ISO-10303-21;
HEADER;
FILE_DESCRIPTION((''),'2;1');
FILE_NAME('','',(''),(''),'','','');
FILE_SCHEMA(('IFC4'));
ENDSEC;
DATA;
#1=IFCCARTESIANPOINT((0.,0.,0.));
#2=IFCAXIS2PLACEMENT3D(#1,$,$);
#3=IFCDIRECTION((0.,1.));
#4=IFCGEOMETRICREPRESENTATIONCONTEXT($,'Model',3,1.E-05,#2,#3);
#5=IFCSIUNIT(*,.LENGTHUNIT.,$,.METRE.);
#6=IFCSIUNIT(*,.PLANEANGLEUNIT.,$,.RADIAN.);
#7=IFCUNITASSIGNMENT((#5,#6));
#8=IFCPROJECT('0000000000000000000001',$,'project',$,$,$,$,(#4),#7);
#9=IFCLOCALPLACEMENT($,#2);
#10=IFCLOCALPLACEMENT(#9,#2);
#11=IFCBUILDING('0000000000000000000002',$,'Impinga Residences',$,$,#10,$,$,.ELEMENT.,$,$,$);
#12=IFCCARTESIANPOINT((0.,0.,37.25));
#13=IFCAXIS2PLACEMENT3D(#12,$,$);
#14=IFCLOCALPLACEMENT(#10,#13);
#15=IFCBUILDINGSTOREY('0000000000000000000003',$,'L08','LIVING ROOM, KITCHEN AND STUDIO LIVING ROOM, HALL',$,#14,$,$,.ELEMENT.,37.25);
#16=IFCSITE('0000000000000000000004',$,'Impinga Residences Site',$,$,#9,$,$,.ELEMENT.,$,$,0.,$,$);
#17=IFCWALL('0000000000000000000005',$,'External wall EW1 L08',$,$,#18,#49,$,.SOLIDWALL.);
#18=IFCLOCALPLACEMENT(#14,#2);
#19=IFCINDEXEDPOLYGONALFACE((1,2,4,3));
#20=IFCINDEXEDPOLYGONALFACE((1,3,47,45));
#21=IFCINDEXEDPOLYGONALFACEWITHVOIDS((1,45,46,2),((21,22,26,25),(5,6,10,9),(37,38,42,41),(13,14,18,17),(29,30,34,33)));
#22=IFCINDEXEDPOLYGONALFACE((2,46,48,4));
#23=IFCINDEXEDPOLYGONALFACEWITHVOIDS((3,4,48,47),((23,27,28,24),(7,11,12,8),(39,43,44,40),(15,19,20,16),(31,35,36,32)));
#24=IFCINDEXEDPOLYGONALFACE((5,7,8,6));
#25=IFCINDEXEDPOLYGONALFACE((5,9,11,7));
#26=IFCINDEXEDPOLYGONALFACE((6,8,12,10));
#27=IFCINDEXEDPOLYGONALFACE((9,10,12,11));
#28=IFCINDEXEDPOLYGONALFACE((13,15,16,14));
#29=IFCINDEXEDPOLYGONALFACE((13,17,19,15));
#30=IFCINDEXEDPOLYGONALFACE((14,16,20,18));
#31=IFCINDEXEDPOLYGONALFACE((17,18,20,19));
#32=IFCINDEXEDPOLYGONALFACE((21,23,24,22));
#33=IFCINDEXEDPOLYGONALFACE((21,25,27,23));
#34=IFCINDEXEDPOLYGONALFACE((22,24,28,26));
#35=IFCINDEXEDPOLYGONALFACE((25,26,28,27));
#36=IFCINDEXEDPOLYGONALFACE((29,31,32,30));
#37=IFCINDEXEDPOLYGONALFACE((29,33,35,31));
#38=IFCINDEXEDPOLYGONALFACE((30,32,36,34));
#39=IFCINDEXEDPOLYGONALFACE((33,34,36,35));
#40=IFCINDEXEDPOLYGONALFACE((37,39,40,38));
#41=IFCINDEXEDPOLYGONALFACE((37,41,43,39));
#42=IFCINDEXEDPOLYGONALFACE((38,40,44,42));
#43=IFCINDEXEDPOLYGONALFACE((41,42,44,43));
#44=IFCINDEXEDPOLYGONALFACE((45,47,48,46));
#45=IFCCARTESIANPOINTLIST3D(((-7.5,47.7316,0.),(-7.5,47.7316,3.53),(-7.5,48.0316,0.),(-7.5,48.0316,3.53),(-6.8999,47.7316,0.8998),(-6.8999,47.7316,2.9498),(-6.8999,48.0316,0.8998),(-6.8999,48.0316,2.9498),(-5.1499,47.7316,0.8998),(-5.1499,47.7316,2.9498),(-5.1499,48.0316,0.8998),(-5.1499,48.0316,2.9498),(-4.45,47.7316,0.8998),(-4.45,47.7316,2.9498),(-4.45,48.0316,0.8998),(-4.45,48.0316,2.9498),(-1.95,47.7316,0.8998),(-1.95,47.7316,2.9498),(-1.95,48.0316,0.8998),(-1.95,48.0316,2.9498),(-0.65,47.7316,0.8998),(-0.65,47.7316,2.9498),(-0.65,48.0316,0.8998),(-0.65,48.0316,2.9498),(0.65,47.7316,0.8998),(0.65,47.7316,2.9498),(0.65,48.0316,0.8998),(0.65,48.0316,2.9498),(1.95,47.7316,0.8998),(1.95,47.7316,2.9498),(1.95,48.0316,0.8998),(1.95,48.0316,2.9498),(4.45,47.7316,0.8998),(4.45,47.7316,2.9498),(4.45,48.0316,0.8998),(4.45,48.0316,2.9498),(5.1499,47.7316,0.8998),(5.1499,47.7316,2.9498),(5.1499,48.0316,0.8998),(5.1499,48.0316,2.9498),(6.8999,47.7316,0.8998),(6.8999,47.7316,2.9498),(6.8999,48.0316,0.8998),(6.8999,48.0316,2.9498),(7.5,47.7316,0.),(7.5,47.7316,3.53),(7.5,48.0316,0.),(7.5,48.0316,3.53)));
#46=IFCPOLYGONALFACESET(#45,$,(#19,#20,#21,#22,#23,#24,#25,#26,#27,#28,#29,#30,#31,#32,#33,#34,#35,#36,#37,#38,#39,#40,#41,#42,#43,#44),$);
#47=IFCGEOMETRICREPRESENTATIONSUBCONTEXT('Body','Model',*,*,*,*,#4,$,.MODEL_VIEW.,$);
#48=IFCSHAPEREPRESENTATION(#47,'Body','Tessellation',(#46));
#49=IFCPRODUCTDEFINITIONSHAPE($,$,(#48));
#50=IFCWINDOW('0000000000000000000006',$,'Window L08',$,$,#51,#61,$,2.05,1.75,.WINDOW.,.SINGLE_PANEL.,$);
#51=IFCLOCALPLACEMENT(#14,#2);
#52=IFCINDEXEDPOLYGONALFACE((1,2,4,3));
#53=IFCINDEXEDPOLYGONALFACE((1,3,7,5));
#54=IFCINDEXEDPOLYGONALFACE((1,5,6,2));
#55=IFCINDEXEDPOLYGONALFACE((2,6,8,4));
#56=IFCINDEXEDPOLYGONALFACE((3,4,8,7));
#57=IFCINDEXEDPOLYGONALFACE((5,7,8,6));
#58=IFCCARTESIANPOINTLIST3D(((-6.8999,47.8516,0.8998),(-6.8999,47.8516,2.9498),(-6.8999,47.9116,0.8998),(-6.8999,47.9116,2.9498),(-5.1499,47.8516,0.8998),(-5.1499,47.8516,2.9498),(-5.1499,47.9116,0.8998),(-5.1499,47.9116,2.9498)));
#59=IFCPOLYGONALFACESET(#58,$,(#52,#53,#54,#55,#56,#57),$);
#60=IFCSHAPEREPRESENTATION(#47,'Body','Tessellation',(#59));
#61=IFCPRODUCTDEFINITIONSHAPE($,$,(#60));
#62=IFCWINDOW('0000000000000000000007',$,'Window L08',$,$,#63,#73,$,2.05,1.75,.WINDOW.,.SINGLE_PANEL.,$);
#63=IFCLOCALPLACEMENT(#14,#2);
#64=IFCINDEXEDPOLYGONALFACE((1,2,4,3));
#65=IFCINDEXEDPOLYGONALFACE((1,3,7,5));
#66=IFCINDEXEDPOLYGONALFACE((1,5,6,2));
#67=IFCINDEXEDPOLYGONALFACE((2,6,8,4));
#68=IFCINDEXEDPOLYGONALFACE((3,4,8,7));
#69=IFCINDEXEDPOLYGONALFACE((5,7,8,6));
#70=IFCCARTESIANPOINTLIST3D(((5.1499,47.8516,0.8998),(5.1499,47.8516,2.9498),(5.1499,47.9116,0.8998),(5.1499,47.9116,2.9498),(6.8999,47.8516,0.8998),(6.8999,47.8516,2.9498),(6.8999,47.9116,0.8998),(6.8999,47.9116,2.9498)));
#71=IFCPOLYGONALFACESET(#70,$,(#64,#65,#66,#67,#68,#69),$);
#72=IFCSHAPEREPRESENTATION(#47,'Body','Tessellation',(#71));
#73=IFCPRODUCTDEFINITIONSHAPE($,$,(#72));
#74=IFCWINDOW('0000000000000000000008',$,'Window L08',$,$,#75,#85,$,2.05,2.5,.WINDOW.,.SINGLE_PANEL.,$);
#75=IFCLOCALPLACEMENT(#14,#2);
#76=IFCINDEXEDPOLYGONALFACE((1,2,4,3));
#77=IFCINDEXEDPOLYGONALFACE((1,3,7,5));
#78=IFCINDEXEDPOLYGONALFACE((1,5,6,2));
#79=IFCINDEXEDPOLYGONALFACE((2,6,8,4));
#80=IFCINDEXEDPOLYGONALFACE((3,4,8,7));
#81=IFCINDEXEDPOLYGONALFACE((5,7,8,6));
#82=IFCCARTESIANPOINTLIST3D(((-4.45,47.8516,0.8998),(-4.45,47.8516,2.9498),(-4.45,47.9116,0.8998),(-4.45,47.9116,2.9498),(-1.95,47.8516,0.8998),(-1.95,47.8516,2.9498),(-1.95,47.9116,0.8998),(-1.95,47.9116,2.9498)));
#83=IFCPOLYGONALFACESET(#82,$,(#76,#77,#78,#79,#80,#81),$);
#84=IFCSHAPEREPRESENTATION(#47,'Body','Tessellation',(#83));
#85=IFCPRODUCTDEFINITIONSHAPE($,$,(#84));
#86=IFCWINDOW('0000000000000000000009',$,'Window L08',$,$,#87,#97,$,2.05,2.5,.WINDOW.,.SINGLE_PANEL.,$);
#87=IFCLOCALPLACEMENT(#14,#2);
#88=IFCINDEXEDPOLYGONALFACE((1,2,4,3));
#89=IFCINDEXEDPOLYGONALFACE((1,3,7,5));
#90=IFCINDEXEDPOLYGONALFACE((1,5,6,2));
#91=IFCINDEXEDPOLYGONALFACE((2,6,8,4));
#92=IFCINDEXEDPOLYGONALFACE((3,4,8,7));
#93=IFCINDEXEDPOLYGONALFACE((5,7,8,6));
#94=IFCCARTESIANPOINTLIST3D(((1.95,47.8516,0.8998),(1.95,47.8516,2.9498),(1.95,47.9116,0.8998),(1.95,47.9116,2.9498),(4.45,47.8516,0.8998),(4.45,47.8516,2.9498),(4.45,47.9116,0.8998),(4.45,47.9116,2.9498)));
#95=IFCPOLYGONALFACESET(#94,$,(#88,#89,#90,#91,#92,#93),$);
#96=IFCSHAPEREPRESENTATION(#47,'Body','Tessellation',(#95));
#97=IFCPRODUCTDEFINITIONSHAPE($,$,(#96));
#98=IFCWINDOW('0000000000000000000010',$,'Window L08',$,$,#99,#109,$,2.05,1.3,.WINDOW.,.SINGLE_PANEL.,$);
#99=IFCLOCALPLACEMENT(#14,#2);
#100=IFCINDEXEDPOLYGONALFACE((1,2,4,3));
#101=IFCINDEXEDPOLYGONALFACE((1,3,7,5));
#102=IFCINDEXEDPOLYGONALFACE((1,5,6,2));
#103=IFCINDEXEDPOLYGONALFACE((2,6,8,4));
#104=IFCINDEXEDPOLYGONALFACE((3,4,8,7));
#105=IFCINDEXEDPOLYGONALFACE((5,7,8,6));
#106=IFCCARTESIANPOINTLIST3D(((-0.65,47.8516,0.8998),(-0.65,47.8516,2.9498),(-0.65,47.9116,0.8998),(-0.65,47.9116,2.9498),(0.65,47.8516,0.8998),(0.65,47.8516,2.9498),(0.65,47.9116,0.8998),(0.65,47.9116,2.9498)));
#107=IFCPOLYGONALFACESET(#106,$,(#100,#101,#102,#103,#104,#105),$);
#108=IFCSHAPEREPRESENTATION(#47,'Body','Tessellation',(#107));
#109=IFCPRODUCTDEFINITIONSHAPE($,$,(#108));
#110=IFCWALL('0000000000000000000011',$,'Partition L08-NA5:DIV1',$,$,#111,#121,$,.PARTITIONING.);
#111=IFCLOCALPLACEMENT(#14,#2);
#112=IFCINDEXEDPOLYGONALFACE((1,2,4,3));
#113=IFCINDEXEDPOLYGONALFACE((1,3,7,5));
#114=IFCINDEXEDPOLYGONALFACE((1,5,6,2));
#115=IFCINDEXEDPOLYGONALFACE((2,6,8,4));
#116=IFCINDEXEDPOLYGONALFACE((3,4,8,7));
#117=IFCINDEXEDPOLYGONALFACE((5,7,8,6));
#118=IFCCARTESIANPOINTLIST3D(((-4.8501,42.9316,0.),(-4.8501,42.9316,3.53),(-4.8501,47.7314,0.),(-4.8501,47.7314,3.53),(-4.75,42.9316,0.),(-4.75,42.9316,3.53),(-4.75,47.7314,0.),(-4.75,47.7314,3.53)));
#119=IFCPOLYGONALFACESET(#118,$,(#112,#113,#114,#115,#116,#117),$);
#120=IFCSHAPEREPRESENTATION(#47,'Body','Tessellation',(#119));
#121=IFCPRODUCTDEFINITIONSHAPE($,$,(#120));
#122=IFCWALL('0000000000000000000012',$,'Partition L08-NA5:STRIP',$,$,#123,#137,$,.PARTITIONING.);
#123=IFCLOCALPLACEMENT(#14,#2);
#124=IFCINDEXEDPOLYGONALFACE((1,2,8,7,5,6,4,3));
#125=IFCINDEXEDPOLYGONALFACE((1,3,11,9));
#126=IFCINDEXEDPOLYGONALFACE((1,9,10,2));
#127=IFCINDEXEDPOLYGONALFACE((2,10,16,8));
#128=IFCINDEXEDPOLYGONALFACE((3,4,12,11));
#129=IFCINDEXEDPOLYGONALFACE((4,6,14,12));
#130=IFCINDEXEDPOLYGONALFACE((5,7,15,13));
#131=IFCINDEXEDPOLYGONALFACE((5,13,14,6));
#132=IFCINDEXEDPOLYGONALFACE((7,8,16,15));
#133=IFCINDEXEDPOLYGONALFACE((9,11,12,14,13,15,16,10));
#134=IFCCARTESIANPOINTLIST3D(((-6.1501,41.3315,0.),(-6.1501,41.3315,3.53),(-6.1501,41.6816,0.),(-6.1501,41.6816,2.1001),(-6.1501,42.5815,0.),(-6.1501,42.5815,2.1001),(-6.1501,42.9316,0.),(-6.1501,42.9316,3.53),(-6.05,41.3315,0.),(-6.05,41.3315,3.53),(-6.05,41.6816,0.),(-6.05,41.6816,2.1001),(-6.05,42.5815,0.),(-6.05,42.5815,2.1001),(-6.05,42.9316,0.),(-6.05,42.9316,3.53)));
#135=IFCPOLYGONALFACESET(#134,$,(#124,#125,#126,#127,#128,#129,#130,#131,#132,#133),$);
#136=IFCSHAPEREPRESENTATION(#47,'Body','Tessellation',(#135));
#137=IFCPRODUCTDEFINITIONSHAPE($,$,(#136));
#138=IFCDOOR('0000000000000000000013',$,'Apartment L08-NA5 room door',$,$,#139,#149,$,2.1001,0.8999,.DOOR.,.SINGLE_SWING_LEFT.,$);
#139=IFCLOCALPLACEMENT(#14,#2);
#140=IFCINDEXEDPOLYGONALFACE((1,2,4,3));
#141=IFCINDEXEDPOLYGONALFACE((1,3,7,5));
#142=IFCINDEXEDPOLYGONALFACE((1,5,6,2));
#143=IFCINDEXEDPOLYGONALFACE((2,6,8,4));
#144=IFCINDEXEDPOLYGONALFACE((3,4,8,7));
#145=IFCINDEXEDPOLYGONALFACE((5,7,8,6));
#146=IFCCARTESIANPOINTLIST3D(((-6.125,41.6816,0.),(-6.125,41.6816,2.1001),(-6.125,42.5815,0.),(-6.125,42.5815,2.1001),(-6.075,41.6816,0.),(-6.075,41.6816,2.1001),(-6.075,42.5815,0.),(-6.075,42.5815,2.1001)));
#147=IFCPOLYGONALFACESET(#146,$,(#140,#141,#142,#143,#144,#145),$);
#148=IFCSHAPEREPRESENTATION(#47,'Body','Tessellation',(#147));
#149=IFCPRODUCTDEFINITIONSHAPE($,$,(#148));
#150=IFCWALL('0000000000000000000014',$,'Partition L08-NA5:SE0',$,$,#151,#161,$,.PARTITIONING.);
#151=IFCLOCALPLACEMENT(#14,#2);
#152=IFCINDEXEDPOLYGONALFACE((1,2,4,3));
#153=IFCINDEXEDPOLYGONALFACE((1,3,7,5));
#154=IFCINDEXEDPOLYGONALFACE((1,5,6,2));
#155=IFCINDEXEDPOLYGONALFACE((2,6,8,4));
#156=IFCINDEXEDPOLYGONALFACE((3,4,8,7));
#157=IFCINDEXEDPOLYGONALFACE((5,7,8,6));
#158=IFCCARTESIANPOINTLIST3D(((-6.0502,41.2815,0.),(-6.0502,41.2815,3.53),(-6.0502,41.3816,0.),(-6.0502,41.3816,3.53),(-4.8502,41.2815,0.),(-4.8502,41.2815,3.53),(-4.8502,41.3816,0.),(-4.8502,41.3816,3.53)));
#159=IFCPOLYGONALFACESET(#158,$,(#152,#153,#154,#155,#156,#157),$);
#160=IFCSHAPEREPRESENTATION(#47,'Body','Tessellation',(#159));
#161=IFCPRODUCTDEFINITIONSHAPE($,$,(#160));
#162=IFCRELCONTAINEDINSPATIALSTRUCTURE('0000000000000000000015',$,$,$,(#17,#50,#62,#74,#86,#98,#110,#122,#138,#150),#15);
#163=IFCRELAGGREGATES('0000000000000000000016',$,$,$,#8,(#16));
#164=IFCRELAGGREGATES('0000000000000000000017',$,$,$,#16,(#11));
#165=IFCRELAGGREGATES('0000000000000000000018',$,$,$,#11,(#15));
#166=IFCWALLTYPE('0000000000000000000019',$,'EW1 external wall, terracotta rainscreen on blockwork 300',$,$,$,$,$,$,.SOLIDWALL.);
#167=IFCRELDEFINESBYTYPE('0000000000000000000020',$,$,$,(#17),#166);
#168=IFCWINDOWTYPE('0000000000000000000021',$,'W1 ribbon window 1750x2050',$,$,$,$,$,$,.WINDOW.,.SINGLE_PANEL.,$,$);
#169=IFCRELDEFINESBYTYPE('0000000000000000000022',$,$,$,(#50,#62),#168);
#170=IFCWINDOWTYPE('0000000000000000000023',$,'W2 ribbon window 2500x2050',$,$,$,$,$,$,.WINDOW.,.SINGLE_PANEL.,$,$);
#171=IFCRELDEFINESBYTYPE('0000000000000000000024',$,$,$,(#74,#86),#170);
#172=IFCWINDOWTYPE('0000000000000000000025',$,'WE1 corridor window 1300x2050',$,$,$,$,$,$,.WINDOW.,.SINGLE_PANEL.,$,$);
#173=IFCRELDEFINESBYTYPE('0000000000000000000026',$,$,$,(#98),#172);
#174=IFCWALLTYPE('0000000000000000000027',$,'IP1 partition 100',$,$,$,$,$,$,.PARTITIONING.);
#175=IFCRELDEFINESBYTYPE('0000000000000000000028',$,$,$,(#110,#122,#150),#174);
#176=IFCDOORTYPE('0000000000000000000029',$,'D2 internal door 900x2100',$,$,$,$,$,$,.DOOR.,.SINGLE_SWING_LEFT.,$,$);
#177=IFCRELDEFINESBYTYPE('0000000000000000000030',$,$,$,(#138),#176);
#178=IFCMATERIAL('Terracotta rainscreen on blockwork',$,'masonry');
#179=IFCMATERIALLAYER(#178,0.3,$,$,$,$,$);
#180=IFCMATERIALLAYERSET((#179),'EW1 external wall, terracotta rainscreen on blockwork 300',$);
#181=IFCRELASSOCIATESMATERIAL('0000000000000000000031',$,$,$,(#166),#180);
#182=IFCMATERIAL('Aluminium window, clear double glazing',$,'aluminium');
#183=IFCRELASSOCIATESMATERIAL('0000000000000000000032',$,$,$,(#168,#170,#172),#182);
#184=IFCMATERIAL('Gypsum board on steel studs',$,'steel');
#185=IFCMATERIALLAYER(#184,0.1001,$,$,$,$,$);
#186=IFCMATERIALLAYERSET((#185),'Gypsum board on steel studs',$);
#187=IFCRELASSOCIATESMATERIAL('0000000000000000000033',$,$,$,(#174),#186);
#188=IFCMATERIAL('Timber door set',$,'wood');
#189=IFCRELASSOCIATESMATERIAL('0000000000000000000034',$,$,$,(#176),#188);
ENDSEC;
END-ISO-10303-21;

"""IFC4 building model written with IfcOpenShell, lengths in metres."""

from ifc_helpers import new_model, si_unit, direction, frame, frame_2d, origin, place, context, subcontext, project, spatial, rectangle, extrude, material, layer, layer_set, type_object, element, fill, save


model = new_model("IFC4")

# Units and contexts
model_context = context("Model", 3, precision=1e-05, world=origin(), true_north=direction((0.0, 1.0)))
body_context = subcontext(model_context, "Body", "Model", "MODEL_VIEW")
ifc_project = project(units=[si_unit("LENGTHUNIT", "METRE"), si_unit("PLANEANGLEUNIT", "RADIAN")], contexts=[model_context])

# Site, building, storey
site_placement = place(None, origin())
site = spatial("IfcSite", under=ifc_project, at=site_placement, Name="Impinga Residences Site", CompositionType="ELEMENT", RefElevation=0.0)
building_placement = place(site_placement, origin())
building = spatial("IfcBuilding", under=site, at=building_placement, Name="Impinga Residences", CompositionType="ELEMENT")
storey_placement = place(building_placement, frame((0.0, 0.0, 37.25)))
storey = spatial("IfcBuildingStorey", under=building, at=storey_placement, Name="L08", Description="LIVING ROOM, KITCHEN AND STUDIO LIVING ROOM, HALL", CompositionType="ELEMENT", Elevation=37.25)

# Shared definitions
ifc_material_1 = material(Name="Terracotta rainscreen on blockwork", Category="masonry")
ifc_layer_1 = layer(ifc_material_1, 0.3)
ifc_layer_set_1 = layer_set([ifc_layer_1], Name="EW1 external wall, terracotta rainscreen on blockwork 300")
wall_type_1 = type_object("IfcWallType", Name="EW1 external wall, terracotta rainscreen on blockwork 300", PredefinedType="SOLIDWALL", material=ifc_layer_set_1)

# Wall, openings, windows
wall_1_placement = place(storey_placement, frame((-7.5, 47.8816, 0.0), z_axis=(0.0, 0.0, 1.0), x_axis=(1.0, 0.0, 0.0)))
wall_1 = element("IfcWall", 1, at=wall_1_placement, inside=storey, type_object=wall_type_1, Name="External wall EW1 L08", PredefinedType="SOLIDWALL", context=body_context, shape_type="SweptSolid", body=[
    extrude(rectangle(XDim=15.0, YDim=0.3, at=frame_2d((7.5, 0.0))), origin(), (0.0, 0.0, 1.0), 3.53),
])
opening_1_placement = place(wall_1_placement, frame((0.6001, 0.0, 0.8999)))
opening_1 = element("IfcOpeningElement", 2, at=opening_1_placement, cuts=wall_1, PredefinedType="OPENING", context=body_context, shape_type="SweptSolid", body=[
    extrude(rectangle(XDim=1.75, YDim=2.05, at=frame_2d((0.875, 1.0249))), frame((0.0, 0.1599, 0.0), z_axis=(0.0, -1.0, 0.0), x_axis=(1.0, 0.0, 0.0)), (0.0, 0.0, 1.0), 0.3201),
])
opening_2_placement = place(wall_1_placement, frame((3.05, 0.0, 0.8999)))
opening_2 = element("IfcOpeningElement", 3, at=opening_2_placement, cuts=wall_1, PredefinedType="OPENING", context=body_context, shape_type="SweptSolid", body=[
    extrude(rectangle(XDim=2.5, YDim=2.05, at=frame_2d((1.25, 1.0249))), frame((0.0, 0.1599, 0.0), z_axis=(0.0, -1.0, 0.0), x_axis=(1.0, 0.0, 0.0)), (0.0, 0.0, 1.0), 0.3201),
])
opening_3_placement = place(wall_1_placement, frame((6.8501, 0.0, 0.8999)))
opening_3 = element("IfcOpeningElement", 4, at=opening_3_placement, cuts=wall_1, PredefinedType="OPENING", context=body_context, shape_type="SweptSolid", body=[
    extrude(rectangle(XDim=1.3, YDim=2.05, at=frame_2d((0.6499, 1.0249))), frame((0.0, 0.1599, 0.0), z_axis=(0.0, -1.0, 0.0), x_axis=(1.0, 0.0, 0.0)), (0.0, 0.0, 1.0), 0.3201),
])
opening_4_placement = place(wall_1_placement, frame((9.45, 0.0, 0.8999)))
opening_4 = element("IfcOpeningElement", 5, at=opening_4_placement, cuts=wall_1, PredefinedType="OPENING", context=body_context, shape_type="SweptSolid", body=[
    extrude(rectangle(XDim=2.5, YDim=2.05, at=frame_2d((1.25, 1.0249))), frame((0.0, 0.1599, 0.0), z_axis=(0.0, -1.0, 0.0), x_axis=(1.0, 0.0, 0.0)), (0.0, 0.0, 1.0), 0.3201),
])
opening_5_placement = place(wall_1_placement, frame((12.6499, 0.0, 0.8999)))
opening_5 = element("IfcOpeningElement", 6, at=opening_5_placement, cuts=wall_1, PredefinedType="OPENING", context=body_context, shape_type="SweptSolid", body=[
    extrude(rectangle(XDim=1.75, YDim=2.05, at=frame_2d((0.875, 1.0249))), frame((0.0, 0.1599, 0.0), z_axis=(0.0, -1.0, 0.0), x_axis=(1.0, 0.0, 0.0)), (0.0, 0.0, 1.0), 0.3201),
])
ifc_material_2 = material(Name="Aluminium window, clear double glazing", Category="aluminium")
window_type_1 = type_object("IfcWindowType", Name="W1 ribbon window 1750x2050", PartitioningType="SINGLE_PANEL", PredefinedType="WINDOW", material=ifc_material_2)
window_1_placement = place(opening_1_placement, origin())
window_1 = element("IfcWindow", 7, at=window_1_placement, inside=storey, type_object=window_type_1, Name="Window L08", OverallHeight=2.05, OverallWidth=1.75, PartitioningType="SINGLE_PANEL", PredefinedType="WINDOW", context=body_context, shape_type="SweptSolid", body=[
    extrude(rectangle(XDim=1.75, YDim=2.05, at=frame_2d((0.875, 1.0249))), frame((0.0, 0.03, 0.0), z_axis=(0.0, -1.0, 0.0), x_axis=(1.0, 0.0, 0.0)), (0.0, 0.0, 1.0), 0.0601),
])
fill(opening_1, window_1)
window_2_placement = place(opening_5_placement, origin())
window_2 = element("IfcWindow", 8, at=window_2_placement, inside=storey, type_object=window_type_1, Name="Window L08", OverallHeight=2.05, OverallWidth=1.75, PartitioningType="SINGLE_PANEL", PredefinedType="WINDOW", context=body_context, shape_type="SweptSolid", body=[
    extrude(rectangle(XDim=1.75, YDim=2.05, at=frame_2d((0.875, 1.0249))), frame((0.0, 0.03, 0.0), z_axis=(0.0, -1.0, 0.0), x_axis=(1.0, 0.0, 0.0)), (0.0, 0.0, 1.0), 0.0601),
])
fill(opening_5, window_2)
window_type_2 = type_object("IfcWindowType", Name="W2 ribbon window 2500x2050", PartitioningType="SINGLE_PANEL", PredefinedType="WINDOW", material=ifc_material_2)
window_3_placement = place(opening_2_placement, origin())
window_3 = element("IfcWindow", 9, at=window_3_placement, inside=storey, type_object=window_type_2, Name="Window L08", OverallHeight=2.05, OverallWidth=2.5, PartitioningType="SINGLE_PANEL", PredefinedType="WINDOW", context=body_context, shape_type="SweptSolid", body=[
    extrude(rectangle(XDim=2.5, YDim=2.05, at=frame_2d((1.25, 1.0249))), frame((0.0, 0.03, 0.0), z_axis=(0.0, -1.0, 0.0), x_axis=(1.0, 0.0, 0.0)), (0.0, 0.0, 1.0), 0.0601),
])
fill(opening_2, window_3)
window_4_placement = place(opening_4_placement, origin())
window_4 = element("IfcWindow", 10, at=window_4_placement, inside=storey, type_object=window_type_2, Name="Window L08", OverallHeight=2.05, OverallWidth=2.5, PartitioningType="SINGLE_PANEL", PredefinedType="WINDOW", context=body_context, shape_type="SweptSolid", body=[
    extrude(rectangle(XDim=2.5, YDim=2.05, at=frame_2d((1.25, 1.0249))), frame((0.0, 0.03, 0.0), z_axis=(0.0, -1.0, 0.0), x_axis=(1.0, 0.0, 0.0)), (0.0, 0.0, 1.0), 0.0601),
])
fill(opening_4, window_4)
window_type_3 = type_object("IfcWindowType", Name="WE1 corridor window 1300x2050", PartitioningType="SINGLE_PANEL", PredefinedType="WINDOW", material=ifc_material_2)
window_5_placement = place(opening_3_placement, origin())
window_5 = element("IfcWindow", 11, at=window_5_placement, inside=storey, type_object=window_type_3, Name="Window L08", OverallHeight=2.05, OverallWidth=1.3, PartitioningType="SINGLE_PANEL", PredefinedType="WINDOW", context=body_context, shape_type="SweptSolid", body=[
    extrude(rectangle(XDim=1.3, YDim=2.05, at=frame_2d((0.6499, 1.0249))), frame((0.0, 0.03, 0.0), z_axis=(0.0, -1.0, 0.0), x_axis=(1.0, 0.0, 0.0)), (0.0, 0.0, 1.0), 0.0601),
])
fill(opening_3, window_5)

# Wall
ifc_material_3 = material(Name="Gypsum board on steel studs", Category="steel")
ifc_layer_2 = layer(ifc_material_3, 0.1001)
ifc_layer_set_2 = layer_set([ifc_layer_2], Name="Gypsum board on steel studs")
wall_type_2 = type_object("IfcWallType", Name="IP1 partition 100", PredefinedType="PARTITIONING", material=ifc_layer_set_2)
wall_2_placement = place(storey_placement, frame((-4.8, 42.9316, 0.0), z_axis=(0.0, 0.0, 1.0), x_axis=(0.0, 1.0, 0.0)))
element("IfcWall", 12, at=wall_2_placement, inside=storey, type_object=wall_type_2, Name="Partition L08-NA5:DIV1", PredefinedType="PARTITIONING", context=body_context, shape_type="SweptSolid", body=[
    extrude(rectangle(XDim=4.7998, YDim=0.1001, at=frame_2d((2.3999, 0.0))), origin(), (0.0, 0.0, 1.0), 3.53),
])

# Wall, opening, door
wall_3_placement = place(storey_placement, frame((-6.1001, 41.3315, 0.0), z_axis=(0.0, 0.0, 1.0), x_axis=(0.0, 1.0, 0.0)))
wall_3 = element("IfcWall", 13, at=wall_3_placement, inside=storey, type_object=wall_type_2, Name="Partition L08-NA5:STRIP", PredefinedType="PARTITIONING", context=body_context, shape_type="SweptSolid", body=[
    extrude(rectangle(XDim=1.6001, YDim=0.1001, at=frame_2d((0.8, 0.0))), origin(), (0.0, 0.0, 1.0), 3.53),
])
opening_6_placement = place(wall_3_placement, frame((0.3501, 0.0, 0.0)))
opening_6 = element("IfcOpeningElement", 14, at=opening_6_placement, cuts=wall_3, PredefinedType="OPENING", context=body_context, shape_type="SweptSolid", body=[
    extrude(rectangle(XDim=0.8999, YDim=2.1001, at=frame_2d((0.45, 1.05))), frame((0.0, 0.0601, 0.0), z_axis=(0.0, -1.0, 0.0), x_axis=(1.0, 0.0, 0.0)), (0.0, 0.0, 1.0), 0.1201),
])
ifc_material_4 = material(Name="Timber door set", Category="wood")
door_type = type_object("IfcDoorType", Name="D2 internal door 900x2100", OperationType="SINGLE_SWING_LEFT", PredefinedType="DOOR", material=ifc_material_4)
door_1_placement = place(opening_6_placement, origin())
door_1 = element("IfcDoor", 15, at=door_1_placement, inside=storey, type_object=door_type, Name="Apartment L08-NA5 room door", OperationType="SINGLE_SWING_LEFT", OverallHeight=2.1001, OverallWidth=0.8999, PredefinedType="DOOR", context=body_context, shape_type="SweptSolid", body=[
    extrude(rectangle(XDim=0.8999, YDim=2.1001, at=frame_2d((0.45, 1.05))), frame((0.0, 0.0249, 0.0), z_axis=(0.0, -1.0, 0.0), x_axis=(1.0, 0.0, 0.0)), (0.0, 0.0, 1.0), 0.05),
])
fill(opening_6, door_1)

# Wall
for number, where, z_axis, x_axis, name in (
    (16, (-4.8501, 41.3315, 0.0), (0.0, 0.0, 1.0), (-1.0, 0.0, 0.0), "Partition L08-NA5:SE0"),
):
    element("IfcWall", number, at=place(storey_placement, frame(where, z_axis=z_axis, x_axis=x_axis)), inside=storey, type_object=wall_type_2, Name=name, PredefinedType="PARTITIONING", context=body_context, shape_type="SweptSolid", body=[
        extrude(rectangle(XDim=1.2, YDim=0.1001, at=frame_2d((0.6001, 0.0))), origin(), (0.0, 0.0, 1.0), 3.53),
    ])

save(model, "model.ifc")
